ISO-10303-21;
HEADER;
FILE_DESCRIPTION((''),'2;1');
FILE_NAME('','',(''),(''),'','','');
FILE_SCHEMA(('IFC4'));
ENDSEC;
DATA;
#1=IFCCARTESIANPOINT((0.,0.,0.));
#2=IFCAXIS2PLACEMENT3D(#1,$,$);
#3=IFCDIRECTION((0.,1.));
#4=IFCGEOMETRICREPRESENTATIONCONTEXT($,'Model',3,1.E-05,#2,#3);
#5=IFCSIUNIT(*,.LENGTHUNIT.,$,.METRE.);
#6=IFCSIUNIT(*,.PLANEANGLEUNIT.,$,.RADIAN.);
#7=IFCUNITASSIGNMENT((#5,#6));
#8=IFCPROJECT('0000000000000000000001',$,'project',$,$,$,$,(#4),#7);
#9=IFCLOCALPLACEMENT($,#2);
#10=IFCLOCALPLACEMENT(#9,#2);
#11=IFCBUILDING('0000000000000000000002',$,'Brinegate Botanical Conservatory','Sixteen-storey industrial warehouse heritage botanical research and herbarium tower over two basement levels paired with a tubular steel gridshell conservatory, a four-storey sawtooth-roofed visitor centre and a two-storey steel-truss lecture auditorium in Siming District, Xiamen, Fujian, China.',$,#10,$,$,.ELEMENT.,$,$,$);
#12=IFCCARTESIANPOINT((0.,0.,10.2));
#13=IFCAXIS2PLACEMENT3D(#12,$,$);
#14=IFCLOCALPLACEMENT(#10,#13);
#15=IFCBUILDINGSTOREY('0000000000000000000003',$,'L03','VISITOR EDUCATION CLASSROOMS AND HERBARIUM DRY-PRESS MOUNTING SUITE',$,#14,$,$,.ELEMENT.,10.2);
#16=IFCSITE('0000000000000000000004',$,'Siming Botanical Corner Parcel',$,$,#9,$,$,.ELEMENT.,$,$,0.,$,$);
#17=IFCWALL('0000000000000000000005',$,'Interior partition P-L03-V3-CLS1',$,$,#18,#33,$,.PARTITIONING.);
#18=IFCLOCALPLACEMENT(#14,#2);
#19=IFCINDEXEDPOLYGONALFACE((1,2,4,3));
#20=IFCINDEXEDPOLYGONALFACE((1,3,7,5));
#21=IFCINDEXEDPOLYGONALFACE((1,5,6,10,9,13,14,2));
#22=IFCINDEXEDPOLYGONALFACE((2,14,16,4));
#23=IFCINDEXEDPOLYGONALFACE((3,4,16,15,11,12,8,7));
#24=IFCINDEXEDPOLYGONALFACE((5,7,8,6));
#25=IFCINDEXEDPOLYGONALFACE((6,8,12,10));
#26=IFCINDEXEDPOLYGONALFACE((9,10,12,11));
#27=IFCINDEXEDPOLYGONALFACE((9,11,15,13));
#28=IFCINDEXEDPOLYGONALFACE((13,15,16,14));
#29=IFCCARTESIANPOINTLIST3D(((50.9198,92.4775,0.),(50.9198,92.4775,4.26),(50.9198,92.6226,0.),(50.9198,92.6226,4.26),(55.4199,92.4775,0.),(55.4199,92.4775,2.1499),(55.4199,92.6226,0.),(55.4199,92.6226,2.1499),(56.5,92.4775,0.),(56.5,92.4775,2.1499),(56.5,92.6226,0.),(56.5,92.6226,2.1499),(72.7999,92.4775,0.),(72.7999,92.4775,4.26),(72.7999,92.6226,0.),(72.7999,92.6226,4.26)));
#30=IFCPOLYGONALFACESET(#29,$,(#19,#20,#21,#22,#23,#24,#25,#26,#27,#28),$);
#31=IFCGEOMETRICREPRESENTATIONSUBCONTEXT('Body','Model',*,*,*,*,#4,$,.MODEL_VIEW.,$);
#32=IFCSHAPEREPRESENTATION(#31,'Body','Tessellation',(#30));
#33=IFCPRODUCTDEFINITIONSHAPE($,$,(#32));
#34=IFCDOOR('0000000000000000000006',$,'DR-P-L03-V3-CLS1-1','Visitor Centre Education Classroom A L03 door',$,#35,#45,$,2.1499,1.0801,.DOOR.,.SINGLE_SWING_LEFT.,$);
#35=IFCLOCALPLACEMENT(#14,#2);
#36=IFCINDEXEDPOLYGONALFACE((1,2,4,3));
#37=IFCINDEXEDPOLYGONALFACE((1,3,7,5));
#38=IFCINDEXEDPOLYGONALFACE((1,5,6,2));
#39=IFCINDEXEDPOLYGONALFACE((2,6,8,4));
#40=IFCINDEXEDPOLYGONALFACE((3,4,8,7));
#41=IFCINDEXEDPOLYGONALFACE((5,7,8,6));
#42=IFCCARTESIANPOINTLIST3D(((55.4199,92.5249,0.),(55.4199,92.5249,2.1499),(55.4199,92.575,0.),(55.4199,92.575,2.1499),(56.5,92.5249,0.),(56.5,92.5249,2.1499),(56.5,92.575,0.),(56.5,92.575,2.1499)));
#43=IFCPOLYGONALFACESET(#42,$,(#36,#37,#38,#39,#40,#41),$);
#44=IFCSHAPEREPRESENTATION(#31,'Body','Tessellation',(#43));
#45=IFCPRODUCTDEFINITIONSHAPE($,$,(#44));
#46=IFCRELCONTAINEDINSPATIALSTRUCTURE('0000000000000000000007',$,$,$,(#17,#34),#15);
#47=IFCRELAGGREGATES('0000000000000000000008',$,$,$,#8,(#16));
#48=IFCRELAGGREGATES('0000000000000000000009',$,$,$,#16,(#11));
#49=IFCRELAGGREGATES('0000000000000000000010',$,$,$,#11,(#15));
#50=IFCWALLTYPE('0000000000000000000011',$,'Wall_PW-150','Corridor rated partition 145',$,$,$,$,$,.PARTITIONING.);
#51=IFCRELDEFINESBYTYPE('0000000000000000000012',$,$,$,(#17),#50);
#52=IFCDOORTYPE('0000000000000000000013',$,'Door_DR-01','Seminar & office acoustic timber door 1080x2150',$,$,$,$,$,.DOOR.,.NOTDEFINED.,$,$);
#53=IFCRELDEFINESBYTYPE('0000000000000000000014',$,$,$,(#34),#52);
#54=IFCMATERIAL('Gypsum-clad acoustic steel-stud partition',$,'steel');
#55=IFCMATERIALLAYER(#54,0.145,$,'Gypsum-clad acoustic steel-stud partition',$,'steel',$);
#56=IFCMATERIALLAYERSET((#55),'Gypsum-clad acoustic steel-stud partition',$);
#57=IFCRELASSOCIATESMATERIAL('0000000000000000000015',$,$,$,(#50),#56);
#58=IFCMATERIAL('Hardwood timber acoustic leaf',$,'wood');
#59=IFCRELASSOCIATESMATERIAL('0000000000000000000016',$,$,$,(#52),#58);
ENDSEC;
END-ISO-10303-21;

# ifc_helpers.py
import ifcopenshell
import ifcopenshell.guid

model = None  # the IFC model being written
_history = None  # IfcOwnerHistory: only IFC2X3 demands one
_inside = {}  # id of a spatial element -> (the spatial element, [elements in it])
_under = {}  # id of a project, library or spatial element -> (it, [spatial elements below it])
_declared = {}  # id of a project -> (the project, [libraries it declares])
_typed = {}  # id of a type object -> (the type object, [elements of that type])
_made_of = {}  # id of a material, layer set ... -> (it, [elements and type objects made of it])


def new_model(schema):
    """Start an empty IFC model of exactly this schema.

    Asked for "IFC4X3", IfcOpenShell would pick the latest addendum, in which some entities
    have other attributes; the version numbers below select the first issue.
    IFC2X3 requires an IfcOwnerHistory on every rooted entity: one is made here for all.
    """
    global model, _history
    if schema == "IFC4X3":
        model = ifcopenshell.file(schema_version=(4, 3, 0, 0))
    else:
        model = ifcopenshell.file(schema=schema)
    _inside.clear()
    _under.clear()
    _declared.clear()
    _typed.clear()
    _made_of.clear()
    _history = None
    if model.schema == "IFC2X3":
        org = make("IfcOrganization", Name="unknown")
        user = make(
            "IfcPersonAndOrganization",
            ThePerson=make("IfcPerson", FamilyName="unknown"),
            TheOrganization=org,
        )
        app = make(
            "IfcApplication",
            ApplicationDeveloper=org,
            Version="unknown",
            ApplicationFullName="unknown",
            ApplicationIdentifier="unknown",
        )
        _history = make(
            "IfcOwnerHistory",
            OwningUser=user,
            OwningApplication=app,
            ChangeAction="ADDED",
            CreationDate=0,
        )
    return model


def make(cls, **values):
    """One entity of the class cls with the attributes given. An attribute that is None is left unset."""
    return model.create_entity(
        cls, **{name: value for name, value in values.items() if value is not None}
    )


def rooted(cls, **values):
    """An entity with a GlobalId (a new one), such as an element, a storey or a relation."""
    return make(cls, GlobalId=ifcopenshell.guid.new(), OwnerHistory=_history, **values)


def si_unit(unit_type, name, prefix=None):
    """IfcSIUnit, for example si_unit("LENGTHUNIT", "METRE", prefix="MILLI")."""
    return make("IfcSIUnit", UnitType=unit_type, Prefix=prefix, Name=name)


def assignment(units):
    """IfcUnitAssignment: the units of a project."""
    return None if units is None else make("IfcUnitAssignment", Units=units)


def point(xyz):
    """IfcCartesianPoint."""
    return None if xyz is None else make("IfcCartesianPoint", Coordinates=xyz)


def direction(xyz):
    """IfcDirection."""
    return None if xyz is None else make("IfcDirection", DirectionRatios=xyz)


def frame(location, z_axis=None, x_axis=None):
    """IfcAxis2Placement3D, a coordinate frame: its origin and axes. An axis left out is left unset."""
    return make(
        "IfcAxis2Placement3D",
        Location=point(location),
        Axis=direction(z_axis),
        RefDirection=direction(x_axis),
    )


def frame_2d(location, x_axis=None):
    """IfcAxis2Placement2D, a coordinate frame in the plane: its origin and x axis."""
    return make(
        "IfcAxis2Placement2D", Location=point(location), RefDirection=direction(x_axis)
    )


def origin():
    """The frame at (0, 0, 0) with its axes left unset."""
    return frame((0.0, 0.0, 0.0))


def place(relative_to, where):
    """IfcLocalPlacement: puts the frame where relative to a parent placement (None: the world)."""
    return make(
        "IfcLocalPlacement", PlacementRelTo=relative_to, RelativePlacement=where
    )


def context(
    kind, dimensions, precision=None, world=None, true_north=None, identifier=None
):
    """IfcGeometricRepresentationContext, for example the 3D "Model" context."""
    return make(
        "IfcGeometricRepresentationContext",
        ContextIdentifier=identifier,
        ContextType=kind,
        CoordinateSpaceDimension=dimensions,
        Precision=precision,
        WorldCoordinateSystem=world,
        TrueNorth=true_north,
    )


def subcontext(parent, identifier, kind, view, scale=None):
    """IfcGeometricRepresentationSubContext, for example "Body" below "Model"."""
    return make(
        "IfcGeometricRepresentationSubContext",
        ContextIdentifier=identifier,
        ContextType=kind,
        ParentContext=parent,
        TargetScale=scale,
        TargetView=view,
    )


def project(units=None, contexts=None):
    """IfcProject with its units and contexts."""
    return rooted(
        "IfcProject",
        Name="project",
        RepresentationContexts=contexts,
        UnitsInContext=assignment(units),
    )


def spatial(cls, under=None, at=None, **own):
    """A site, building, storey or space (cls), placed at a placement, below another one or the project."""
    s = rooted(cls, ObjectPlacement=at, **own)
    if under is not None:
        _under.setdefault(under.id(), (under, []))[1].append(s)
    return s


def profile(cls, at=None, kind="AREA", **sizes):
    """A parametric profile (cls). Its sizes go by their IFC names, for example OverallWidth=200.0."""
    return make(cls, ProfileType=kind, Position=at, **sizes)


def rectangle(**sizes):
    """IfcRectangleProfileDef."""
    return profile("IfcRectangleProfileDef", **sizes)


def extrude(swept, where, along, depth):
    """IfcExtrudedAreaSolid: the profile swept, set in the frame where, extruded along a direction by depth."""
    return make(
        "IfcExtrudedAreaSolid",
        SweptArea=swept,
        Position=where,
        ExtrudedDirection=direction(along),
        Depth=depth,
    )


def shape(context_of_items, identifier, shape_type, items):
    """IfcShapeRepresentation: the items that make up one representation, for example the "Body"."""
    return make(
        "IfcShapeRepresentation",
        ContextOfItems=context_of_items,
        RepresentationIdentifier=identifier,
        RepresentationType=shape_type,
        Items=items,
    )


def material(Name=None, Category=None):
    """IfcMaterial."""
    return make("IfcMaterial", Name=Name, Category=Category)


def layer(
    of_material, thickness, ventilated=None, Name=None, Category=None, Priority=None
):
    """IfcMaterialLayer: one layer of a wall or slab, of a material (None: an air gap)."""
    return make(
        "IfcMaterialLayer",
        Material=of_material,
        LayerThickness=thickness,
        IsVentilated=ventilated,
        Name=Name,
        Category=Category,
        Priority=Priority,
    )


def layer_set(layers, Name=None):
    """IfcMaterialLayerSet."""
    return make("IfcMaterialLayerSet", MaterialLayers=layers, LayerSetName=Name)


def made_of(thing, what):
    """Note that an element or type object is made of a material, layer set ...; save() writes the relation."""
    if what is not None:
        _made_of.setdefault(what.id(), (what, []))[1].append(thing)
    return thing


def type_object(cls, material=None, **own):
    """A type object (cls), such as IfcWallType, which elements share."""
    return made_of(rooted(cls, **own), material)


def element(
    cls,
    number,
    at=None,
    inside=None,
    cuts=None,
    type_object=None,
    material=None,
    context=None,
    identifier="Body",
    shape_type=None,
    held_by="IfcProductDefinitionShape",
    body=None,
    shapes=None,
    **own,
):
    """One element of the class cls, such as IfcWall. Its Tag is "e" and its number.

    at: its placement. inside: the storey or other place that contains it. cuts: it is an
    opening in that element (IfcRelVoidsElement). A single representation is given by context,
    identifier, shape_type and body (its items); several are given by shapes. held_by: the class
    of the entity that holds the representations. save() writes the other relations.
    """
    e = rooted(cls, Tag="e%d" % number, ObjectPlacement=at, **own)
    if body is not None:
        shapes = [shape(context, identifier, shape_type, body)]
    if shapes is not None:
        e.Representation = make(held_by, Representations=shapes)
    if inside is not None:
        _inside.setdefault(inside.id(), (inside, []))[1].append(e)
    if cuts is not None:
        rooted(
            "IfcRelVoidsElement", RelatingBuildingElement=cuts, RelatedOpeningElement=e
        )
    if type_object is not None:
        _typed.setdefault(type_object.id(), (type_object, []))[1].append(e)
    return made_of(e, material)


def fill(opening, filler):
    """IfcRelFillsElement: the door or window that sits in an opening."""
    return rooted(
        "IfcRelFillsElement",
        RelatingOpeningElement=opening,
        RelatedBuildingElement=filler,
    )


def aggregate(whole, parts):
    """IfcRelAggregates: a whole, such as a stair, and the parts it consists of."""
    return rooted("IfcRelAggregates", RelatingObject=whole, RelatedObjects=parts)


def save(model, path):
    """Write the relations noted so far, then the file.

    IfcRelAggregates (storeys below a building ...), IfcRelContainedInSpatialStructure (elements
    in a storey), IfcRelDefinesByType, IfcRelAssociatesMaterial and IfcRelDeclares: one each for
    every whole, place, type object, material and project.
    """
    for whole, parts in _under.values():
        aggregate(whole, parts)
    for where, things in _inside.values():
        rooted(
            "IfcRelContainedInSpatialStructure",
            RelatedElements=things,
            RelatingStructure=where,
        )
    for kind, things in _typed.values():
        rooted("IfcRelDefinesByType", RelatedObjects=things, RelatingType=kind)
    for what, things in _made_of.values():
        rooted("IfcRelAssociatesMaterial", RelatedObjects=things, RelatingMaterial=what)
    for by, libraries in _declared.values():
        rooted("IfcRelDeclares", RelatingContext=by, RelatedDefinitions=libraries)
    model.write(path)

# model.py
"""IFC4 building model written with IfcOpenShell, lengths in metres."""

from ifc_helpers import new_model, si_unit, direction, frame, frame_2d, origin, place, context, subcontext, project, spatial, rectangle, extrude, material, layer, layer_set, type_object, element, fill, save


model = new_model("IFC4")

# Units and contexts
model_context = context("Model", 3, precision=1e-05, world=origin(), true_north=direction((0.0, 1.0)))
body_context = subcontext(model_context, "Body", "Model", "MODEL_VIEW")
ifc_project = project(units=[si_unit("LENGTHUNIT", "METRE"), si_unit("PLANEANGLEUNIT", "RADIAN")], contexts=[model_context])

# Site, building, storey
site_placement = place(None, origin())
site = spatial("IfcSite", under=ifc_project, at=site_placement, Name="Siming Botanical Corner Parcel", CompositionType="ELEMENT", RefElevation=0.0)
building_placement = place(site_placement, origin())
building = spatial("IfcBuilding", under=site, at=building_placement, Name="Brinegate Botanical Conservatory", Description="Sixteen-storey industrial warehouse heritage botanical research and herbarium tower over two basement levels paired with a tubular steel gridshell conservatory, a four-storey sawtooth-roofed visitor centre and a two-storey steel-truss lecture auditorium in Siming District, Xiamen, Fujian, China.", CompositionType="ELEMENT")
storey_placement = place(building_placement, frame((0.0, 0.0, 10.2)))
storey = spatial("IfcBuildingStorey", under=building, at=storey_placement, Name="L03", Description="VISITOR EDUCATION CLASSROOMS AND HERBARIUM DRY-PRESS MOUNTING SUITE", CompositionType="ELEMENT", Elevation=10.2)

# Wall, opening, door
ifc_material_1 = material(Name="Gypsum-clad acoustic steel-stud partition", Category="steel")
ifc_layer_1 = layer(ifc_material_1, 0.145, Name="Gypsum-clad acoustic steel-stud partition", Category="steel")
ifc_layer_set_1 = layer_set([ifc_layer_1], Name="Gypsum-clad acoustic steel-stud partition")
wall_type_1 = type_object("IfcWallType", Name="Wall_PW-150", Description="Corridor rated partition 145", PredefinedType="PARTITIONING", material=ifc_layer_set_1)
wall_1_placement = place(storey_placement, frame((50.9199, 92.55, 0.0), z_axis=(0.0, 0.0, 1.0), x_axis=(1.0, 0.0, 0.0)))
wall_1 = element("IfcWall", 1, at=wall_1_placement, inside=storey, type_object=wall_type_1, Name="Interior partition P-L03-V3-CLS1", PredefinedType="PARTITIONING", context=body_context, shape_type="SweptSolid", body=[
    extrude(rectangle(XDim=21.8801, YDim=0.145, at=frame_2d((10.9399, 0.0))), origin(), (0.0, 0.0, 1.0), 4.26),
])
opening_1_placement = place(wall_1_placement, frame((4.5, 0.0, 0.0)))
opening_1 = element("IfcOpeningElement", 2, at=opening_1_placement, cuts=wall_1, PredefinedType="OPENING", context=body_context, shape_type="SweptSolid", body=[
    extrude(rectangle(XDim=1.0801, YDim=2.1499, at=frame_2d((0.54, 1.075))), frame((0.0, 0.0825, 0.0), z_axis=(0.0, -1.0, 0.0), x_axis=(1.0, 0.0, 0.0)), (0.0, 0.0, 1.0), 0.165),
])
ifc_material_2 = material(Name="Hardwood timber acoustic leaf", Category="wood")
door_type = type_object("IfcDoorType", Name="Door_DR-01", Description="Seminar & office acoustic timber door 1080x2150", OperationType="NOTDEFINED", PredefinedType="DOOR", material=ifc_material_2)
door_placement = place(opening_1_placement, origin())
door = element("IfcDoor", 3, at=door_placement, inside=storey, type_object=door_type, Name="DR-P-L03-V3-CLS1-1", Description="Visitor Centre Education Classroom A L03 door", OperationType="SINGLE_SWING_LEFT", OverallHeight=2.1499, OverallWidth=1.0801, PredefinedType="DOOR", context=body_context, shape_type="SweptSolid", body=[
    extrude(rectangle(XDim=1.0801, YDim=2.1499, at=frame_2d((0.54, 1.075))), frame((0.0, 0.0249, 0.0), z_axis=(0.0, -1.0, 0.0), x_axis=(1.0, 0.0, 0.0)), (0.0, 0.0, 1.0), 0.05),
])
fill(opening_1, door)

save(model, "model.ifc")
